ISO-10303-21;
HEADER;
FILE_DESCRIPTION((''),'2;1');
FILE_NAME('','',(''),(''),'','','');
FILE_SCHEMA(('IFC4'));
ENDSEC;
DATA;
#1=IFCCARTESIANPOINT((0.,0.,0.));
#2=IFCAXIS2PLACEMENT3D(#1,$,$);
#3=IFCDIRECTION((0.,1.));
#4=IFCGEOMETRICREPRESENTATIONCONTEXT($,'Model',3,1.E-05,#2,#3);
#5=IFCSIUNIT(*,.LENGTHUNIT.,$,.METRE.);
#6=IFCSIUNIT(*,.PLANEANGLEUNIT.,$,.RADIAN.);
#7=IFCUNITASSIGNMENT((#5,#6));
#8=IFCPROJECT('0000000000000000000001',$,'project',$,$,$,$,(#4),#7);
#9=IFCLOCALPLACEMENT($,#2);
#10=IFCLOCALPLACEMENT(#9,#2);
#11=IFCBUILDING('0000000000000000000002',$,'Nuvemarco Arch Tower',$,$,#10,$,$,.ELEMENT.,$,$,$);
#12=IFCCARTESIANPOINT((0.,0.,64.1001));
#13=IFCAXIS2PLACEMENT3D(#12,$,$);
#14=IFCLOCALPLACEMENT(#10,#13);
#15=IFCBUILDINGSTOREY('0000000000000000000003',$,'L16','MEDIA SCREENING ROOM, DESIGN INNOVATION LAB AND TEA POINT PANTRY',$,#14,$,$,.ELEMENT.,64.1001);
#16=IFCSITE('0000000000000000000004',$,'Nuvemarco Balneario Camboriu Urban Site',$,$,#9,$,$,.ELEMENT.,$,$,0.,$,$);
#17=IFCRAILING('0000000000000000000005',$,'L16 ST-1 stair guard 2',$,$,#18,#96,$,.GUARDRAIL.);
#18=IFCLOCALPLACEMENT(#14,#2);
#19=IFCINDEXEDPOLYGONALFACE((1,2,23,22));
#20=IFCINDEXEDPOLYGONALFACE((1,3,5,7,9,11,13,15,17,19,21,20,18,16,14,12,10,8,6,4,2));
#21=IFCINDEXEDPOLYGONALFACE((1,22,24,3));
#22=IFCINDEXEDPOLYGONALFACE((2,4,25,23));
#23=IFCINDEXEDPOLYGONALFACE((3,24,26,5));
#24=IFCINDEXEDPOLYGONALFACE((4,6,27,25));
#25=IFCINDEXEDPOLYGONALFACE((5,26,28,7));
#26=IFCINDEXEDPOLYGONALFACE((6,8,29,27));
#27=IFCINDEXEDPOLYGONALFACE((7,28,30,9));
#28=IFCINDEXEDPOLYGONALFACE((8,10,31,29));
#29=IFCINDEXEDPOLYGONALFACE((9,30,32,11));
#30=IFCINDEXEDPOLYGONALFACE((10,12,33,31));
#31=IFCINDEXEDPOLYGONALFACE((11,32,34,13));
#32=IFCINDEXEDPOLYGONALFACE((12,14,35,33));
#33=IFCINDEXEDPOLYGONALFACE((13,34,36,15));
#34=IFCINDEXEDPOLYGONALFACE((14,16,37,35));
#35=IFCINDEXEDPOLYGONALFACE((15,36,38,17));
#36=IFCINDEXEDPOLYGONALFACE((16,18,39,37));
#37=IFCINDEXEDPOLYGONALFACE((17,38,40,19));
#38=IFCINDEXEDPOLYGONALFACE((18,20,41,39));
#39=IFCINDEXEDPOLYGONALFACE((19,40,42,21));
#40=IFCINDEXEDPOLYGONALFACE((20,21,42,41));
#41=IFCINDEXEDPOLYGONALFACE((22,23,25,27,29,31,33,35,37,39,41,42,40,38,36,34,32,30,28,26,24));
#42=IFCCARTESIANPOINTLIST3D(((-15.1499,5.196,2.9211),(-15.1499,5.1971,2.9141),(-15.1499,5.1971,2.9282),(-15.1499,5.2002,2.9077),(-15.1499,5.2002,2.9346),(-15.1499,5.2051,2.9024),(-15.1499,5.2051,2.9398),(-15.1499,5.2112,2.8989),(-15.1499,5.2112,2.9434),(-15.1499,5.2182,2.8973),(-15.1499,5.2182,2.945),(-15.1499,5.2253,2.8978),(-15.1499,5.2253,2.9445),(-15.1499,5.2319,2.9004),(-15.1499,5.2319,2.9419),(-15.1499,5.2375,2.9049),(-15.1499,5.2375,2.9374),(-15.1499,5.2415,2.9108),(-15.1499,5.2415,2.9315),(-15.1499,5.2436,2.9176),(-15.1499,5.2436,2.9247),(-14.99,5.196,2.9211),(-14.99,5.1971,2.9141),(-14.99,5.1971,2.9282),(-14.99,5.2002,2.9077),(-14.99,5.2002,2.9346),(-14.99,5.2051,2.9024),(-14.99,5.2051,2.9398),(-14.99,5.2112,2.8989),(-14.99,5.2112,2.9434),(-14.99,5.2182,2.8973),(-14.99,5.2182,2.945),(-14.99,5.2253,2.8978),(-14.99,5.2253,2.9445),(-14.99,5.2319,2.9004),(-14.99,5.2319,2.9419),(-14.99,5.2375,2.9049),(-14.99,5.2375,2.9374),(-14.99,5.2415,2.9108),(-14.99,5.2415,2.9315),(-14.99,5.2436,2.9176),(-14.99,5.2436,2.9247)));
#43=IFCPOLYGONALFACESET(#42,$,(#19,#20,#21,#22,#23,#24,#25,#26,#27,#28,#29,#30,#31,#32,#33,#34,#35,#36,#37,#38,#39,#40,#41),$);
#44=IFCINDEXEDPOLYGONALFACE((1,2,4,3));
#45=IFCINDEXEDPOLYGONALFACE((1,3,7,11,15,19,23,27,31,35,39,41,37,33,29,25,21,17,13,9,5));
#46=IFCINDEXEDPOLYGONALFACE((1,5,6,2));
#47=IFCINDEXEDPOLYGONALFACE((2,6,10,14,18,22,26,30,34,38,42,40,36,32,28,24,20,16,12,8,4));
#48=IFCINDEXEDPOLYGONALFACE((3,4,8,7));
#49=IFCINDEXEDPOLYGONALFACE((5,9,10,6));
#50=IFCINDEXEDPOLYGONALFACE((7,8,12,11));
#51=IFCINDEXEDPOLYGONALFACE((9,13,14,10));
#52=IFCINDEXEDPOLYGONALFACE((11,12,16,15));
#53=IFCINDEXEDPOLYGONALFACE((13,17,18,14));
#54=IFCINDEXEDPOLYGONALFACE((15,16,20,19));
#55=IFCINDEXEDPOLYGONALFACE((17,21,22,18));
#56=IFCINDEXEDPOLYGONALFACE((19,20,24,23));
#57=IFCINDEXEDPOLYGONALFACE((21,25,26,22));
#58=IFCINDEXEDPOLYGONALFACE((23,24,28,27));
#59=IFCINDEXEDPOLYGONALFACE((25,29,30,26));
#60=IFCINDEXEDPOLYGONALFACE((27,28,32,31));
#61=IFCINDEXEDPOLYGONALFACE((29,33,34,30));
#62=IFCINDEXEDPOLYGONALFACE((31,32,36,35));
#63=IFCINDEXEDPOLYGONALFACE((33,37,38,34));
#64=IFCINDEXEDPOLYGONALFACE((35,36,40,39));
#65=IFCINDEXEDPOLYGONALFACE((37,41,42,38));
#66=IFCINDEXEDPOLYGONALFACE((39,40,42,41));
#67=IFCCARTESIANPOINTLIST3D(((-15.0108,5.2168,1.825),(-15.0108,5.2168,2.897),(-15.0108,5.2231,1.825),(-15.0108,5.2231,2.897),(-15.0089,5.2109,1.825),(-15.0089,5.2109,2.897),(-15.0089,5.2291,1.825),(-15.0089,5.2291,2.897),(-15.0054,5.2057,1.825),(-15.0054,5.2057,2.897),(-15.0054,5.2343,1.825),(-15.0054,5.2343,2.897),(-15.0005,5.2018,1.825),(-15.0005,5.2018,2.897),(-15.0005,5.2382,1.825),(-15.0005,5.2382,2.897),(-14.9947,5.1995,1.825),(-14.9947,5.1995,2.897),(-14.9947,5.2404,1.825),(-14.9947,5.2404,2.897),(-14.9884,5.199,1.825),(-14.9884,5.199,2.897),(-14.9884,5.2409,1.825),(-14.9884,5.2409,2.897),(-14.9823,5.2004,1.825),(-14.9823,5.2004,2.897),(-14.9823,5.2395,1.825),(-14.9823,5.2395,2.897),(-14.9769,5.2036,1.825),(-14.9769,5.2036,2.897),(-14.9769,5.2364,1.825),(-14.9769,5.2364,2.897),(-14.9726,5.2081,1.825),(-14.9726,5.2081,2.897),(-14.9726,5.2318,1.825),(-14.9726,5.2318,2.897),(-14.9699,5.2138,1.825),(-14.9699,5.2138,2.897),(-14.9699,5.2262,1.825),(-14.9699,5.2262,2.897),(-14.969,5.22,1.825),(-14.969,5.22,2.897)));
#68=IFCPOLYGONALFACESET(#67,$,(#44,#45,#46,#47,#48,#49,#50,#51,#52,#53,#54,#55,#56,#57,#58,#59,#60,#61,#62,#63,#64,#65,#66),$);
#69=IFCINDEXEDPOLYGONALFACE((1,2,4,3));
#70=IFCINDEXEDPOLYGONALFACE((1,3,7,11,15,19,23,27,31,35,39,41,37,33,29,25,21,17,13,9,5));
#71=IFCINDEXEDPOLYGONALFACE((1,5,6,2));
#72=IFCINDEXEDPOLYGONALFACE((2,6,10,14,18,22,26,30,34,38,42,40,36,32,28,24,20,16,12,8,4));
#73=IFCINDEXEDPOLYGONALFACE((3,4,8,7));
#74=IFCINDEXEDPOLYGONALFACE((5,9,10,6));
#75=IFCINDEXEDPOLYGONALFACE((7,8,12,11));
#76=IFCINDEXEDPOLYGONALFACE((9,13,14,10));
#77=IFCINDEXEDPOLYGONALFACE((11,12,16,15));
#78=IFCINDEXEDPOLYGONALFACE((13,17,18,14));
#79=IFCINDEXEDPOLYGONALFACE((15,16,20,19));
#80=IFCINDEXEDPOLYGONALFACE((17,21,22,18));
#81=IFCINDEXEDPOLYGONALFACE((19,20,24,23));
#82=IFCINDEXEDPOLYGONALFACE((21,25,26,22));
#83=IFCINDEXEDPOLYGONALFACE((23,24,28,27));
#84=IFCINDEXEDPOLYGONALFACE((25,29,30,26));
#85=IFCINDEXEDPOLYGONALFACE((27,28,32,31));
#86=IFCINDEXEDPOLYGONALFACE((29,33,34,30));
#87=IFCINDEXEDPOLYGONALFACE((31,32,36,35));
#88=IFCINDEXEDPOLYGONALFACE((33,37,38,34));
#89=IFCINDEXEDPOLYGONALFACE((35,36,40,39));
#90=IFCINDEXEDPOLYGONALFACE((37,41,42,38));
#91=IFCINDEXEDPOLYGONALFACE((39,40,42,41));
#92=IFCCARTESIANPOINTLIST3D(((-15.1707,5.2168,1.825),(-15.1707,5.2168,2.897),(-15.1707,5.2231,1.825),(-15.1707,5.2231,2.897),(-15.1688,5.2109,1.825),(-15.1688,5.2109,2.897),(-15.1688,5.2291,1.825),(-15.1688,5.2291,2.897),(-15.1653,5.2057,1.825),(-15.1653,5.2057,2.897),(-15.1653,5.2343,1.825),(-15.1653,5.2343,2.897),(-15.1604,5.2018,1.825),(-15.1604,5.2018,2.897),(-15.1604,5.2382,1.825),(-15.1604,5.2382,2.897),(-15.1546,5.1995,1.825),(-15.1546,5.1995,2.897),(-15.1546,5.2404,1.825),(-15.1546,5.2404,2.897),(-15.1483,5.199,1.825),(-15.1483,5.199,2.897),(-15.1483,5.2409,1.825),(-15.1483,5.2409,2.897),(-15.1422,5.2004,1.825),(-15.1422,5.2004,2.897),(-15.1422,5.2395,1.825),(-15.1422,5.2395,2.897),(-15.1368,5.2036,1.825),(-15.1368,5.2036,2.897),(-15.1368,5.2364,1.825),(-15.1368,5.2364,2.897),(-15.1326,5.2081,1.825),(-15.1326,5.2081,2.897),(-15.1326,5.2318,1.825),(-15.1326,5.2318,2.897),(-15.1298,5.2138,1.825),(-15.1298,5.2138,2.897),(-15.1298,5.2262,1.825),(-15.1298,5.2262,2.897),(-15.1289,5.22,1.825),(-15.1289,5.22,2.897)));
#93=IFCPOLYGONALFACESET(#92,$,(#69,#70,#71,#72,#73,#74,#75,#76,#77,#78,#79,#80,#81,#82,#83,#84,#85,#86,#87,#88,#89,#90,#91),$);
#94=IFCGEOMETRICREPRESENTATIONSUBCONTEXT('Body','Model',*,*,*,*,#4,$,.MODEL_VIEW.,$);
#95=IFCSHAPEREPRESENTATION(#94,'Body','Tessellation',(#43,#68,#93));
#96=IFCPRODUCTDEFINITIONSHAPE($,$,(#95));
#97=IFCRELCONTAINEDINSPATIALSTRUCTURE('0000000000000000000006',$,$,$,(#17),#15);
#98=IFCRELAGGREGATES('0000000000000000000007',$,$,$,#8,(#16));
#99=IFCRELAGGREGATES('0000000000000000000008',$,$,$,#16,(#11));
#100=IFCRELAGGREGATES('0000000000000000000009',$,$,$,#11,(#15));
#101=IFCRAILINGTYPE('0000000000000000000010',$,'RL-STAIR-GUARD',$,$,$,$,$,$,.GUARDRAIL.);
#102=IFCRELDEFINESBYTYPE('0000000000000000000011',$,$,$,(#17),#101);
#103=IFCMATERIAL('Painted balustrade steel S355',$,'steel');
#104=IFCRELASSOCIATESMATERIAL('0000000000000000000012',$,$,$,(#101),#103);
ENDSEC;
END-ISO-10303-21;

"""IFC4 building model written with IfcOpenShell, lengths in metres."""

from ifc_helpers import new_model, si_unit, direction, frame, origin, origin_2d, place, context, subcontext, project, spatial, circle, extrude, material, type_object, element, save


model = new_model("IFC4")

# Units and contexts
model_context = context("Model", 3, precision=1e-05, world=origin(), true_north=direction((0.0, 1.0)))
body_context = subcontext(model_context, "Body", "Model", "MODEL_VIEW")
ifc_project = project(units=[si_unit("LENGTHUNIT", "METRE"), si_unit("PLANEANGLEUNIT", "RADIAN")], contexts=[model_context])

# Site, building, storey
site_placement = place(None, origin())
site = spatial("IfcSite", under=ifc_project, at=site_placement, Name="Nuvemarco Balneario Camboriu Urban Site", CompositionType="ELEMENT", RefElevation=0.0)
building_placement = place(site_placement, origin())
building = spatial("IfcBuilding", under=site, at=building_placement, Name="Nuvemarco Arch Tower", CompositionType="ELEMENT")
storey_placement = place(building_placement, frame((0.0, 0.0, 64.1001)))
storey = spatial("IfcBuildingStorey", under=building, at=storey_placement, Name="L16", Description="MEDIA SCREENING ROOM, DESIGN INNOVATION LAB AND TEA POINT PANTRY", CompositionType="ELEMENT", Elevation=64.1001)

# Railing
ifc_material_1 = material(Name="Painted balustrade steel S355", Category="steel")
railing_type_1 = type_object("IfcRailingType", Name="RL-STAIR-GUARD", PredefinedType="GUARDRAIL", material=ifc_material_1)
railing_1_placement = place(storey_placement, frame((-14.99, 5.22, 1.825)))
element("IfcRailing", 1, at=railing_1_placement, inside=storey, type_object=railing_type_1, Name="L16 ST-1 stair guard 2", PredefinedType="GUARDRAIL", context=body_context, shape_type="SweptSolid", body=[
    extrude(circle(Radius=0.0239, at=origin_2d()), frame((0.0, 0.0, 1.0962), z_axis=(-1.0, 0.0, 0.0), x_axis=(0.0, -1.0, 0.0)), (0.0, 0.0, 1.0), 0.1599),
    extrude(circle(Radius=0.021, at=origin_2d()), origin(), (0.0, 0.0, 1.0), 1.072),
    extrude(circle(Radius=0.021, at=origin_2d()), frame((-0.1599, 0.0, 0.0)), (0.0, 0.0, 1.0), 1.072),
])

save(model, "model.ifc")
